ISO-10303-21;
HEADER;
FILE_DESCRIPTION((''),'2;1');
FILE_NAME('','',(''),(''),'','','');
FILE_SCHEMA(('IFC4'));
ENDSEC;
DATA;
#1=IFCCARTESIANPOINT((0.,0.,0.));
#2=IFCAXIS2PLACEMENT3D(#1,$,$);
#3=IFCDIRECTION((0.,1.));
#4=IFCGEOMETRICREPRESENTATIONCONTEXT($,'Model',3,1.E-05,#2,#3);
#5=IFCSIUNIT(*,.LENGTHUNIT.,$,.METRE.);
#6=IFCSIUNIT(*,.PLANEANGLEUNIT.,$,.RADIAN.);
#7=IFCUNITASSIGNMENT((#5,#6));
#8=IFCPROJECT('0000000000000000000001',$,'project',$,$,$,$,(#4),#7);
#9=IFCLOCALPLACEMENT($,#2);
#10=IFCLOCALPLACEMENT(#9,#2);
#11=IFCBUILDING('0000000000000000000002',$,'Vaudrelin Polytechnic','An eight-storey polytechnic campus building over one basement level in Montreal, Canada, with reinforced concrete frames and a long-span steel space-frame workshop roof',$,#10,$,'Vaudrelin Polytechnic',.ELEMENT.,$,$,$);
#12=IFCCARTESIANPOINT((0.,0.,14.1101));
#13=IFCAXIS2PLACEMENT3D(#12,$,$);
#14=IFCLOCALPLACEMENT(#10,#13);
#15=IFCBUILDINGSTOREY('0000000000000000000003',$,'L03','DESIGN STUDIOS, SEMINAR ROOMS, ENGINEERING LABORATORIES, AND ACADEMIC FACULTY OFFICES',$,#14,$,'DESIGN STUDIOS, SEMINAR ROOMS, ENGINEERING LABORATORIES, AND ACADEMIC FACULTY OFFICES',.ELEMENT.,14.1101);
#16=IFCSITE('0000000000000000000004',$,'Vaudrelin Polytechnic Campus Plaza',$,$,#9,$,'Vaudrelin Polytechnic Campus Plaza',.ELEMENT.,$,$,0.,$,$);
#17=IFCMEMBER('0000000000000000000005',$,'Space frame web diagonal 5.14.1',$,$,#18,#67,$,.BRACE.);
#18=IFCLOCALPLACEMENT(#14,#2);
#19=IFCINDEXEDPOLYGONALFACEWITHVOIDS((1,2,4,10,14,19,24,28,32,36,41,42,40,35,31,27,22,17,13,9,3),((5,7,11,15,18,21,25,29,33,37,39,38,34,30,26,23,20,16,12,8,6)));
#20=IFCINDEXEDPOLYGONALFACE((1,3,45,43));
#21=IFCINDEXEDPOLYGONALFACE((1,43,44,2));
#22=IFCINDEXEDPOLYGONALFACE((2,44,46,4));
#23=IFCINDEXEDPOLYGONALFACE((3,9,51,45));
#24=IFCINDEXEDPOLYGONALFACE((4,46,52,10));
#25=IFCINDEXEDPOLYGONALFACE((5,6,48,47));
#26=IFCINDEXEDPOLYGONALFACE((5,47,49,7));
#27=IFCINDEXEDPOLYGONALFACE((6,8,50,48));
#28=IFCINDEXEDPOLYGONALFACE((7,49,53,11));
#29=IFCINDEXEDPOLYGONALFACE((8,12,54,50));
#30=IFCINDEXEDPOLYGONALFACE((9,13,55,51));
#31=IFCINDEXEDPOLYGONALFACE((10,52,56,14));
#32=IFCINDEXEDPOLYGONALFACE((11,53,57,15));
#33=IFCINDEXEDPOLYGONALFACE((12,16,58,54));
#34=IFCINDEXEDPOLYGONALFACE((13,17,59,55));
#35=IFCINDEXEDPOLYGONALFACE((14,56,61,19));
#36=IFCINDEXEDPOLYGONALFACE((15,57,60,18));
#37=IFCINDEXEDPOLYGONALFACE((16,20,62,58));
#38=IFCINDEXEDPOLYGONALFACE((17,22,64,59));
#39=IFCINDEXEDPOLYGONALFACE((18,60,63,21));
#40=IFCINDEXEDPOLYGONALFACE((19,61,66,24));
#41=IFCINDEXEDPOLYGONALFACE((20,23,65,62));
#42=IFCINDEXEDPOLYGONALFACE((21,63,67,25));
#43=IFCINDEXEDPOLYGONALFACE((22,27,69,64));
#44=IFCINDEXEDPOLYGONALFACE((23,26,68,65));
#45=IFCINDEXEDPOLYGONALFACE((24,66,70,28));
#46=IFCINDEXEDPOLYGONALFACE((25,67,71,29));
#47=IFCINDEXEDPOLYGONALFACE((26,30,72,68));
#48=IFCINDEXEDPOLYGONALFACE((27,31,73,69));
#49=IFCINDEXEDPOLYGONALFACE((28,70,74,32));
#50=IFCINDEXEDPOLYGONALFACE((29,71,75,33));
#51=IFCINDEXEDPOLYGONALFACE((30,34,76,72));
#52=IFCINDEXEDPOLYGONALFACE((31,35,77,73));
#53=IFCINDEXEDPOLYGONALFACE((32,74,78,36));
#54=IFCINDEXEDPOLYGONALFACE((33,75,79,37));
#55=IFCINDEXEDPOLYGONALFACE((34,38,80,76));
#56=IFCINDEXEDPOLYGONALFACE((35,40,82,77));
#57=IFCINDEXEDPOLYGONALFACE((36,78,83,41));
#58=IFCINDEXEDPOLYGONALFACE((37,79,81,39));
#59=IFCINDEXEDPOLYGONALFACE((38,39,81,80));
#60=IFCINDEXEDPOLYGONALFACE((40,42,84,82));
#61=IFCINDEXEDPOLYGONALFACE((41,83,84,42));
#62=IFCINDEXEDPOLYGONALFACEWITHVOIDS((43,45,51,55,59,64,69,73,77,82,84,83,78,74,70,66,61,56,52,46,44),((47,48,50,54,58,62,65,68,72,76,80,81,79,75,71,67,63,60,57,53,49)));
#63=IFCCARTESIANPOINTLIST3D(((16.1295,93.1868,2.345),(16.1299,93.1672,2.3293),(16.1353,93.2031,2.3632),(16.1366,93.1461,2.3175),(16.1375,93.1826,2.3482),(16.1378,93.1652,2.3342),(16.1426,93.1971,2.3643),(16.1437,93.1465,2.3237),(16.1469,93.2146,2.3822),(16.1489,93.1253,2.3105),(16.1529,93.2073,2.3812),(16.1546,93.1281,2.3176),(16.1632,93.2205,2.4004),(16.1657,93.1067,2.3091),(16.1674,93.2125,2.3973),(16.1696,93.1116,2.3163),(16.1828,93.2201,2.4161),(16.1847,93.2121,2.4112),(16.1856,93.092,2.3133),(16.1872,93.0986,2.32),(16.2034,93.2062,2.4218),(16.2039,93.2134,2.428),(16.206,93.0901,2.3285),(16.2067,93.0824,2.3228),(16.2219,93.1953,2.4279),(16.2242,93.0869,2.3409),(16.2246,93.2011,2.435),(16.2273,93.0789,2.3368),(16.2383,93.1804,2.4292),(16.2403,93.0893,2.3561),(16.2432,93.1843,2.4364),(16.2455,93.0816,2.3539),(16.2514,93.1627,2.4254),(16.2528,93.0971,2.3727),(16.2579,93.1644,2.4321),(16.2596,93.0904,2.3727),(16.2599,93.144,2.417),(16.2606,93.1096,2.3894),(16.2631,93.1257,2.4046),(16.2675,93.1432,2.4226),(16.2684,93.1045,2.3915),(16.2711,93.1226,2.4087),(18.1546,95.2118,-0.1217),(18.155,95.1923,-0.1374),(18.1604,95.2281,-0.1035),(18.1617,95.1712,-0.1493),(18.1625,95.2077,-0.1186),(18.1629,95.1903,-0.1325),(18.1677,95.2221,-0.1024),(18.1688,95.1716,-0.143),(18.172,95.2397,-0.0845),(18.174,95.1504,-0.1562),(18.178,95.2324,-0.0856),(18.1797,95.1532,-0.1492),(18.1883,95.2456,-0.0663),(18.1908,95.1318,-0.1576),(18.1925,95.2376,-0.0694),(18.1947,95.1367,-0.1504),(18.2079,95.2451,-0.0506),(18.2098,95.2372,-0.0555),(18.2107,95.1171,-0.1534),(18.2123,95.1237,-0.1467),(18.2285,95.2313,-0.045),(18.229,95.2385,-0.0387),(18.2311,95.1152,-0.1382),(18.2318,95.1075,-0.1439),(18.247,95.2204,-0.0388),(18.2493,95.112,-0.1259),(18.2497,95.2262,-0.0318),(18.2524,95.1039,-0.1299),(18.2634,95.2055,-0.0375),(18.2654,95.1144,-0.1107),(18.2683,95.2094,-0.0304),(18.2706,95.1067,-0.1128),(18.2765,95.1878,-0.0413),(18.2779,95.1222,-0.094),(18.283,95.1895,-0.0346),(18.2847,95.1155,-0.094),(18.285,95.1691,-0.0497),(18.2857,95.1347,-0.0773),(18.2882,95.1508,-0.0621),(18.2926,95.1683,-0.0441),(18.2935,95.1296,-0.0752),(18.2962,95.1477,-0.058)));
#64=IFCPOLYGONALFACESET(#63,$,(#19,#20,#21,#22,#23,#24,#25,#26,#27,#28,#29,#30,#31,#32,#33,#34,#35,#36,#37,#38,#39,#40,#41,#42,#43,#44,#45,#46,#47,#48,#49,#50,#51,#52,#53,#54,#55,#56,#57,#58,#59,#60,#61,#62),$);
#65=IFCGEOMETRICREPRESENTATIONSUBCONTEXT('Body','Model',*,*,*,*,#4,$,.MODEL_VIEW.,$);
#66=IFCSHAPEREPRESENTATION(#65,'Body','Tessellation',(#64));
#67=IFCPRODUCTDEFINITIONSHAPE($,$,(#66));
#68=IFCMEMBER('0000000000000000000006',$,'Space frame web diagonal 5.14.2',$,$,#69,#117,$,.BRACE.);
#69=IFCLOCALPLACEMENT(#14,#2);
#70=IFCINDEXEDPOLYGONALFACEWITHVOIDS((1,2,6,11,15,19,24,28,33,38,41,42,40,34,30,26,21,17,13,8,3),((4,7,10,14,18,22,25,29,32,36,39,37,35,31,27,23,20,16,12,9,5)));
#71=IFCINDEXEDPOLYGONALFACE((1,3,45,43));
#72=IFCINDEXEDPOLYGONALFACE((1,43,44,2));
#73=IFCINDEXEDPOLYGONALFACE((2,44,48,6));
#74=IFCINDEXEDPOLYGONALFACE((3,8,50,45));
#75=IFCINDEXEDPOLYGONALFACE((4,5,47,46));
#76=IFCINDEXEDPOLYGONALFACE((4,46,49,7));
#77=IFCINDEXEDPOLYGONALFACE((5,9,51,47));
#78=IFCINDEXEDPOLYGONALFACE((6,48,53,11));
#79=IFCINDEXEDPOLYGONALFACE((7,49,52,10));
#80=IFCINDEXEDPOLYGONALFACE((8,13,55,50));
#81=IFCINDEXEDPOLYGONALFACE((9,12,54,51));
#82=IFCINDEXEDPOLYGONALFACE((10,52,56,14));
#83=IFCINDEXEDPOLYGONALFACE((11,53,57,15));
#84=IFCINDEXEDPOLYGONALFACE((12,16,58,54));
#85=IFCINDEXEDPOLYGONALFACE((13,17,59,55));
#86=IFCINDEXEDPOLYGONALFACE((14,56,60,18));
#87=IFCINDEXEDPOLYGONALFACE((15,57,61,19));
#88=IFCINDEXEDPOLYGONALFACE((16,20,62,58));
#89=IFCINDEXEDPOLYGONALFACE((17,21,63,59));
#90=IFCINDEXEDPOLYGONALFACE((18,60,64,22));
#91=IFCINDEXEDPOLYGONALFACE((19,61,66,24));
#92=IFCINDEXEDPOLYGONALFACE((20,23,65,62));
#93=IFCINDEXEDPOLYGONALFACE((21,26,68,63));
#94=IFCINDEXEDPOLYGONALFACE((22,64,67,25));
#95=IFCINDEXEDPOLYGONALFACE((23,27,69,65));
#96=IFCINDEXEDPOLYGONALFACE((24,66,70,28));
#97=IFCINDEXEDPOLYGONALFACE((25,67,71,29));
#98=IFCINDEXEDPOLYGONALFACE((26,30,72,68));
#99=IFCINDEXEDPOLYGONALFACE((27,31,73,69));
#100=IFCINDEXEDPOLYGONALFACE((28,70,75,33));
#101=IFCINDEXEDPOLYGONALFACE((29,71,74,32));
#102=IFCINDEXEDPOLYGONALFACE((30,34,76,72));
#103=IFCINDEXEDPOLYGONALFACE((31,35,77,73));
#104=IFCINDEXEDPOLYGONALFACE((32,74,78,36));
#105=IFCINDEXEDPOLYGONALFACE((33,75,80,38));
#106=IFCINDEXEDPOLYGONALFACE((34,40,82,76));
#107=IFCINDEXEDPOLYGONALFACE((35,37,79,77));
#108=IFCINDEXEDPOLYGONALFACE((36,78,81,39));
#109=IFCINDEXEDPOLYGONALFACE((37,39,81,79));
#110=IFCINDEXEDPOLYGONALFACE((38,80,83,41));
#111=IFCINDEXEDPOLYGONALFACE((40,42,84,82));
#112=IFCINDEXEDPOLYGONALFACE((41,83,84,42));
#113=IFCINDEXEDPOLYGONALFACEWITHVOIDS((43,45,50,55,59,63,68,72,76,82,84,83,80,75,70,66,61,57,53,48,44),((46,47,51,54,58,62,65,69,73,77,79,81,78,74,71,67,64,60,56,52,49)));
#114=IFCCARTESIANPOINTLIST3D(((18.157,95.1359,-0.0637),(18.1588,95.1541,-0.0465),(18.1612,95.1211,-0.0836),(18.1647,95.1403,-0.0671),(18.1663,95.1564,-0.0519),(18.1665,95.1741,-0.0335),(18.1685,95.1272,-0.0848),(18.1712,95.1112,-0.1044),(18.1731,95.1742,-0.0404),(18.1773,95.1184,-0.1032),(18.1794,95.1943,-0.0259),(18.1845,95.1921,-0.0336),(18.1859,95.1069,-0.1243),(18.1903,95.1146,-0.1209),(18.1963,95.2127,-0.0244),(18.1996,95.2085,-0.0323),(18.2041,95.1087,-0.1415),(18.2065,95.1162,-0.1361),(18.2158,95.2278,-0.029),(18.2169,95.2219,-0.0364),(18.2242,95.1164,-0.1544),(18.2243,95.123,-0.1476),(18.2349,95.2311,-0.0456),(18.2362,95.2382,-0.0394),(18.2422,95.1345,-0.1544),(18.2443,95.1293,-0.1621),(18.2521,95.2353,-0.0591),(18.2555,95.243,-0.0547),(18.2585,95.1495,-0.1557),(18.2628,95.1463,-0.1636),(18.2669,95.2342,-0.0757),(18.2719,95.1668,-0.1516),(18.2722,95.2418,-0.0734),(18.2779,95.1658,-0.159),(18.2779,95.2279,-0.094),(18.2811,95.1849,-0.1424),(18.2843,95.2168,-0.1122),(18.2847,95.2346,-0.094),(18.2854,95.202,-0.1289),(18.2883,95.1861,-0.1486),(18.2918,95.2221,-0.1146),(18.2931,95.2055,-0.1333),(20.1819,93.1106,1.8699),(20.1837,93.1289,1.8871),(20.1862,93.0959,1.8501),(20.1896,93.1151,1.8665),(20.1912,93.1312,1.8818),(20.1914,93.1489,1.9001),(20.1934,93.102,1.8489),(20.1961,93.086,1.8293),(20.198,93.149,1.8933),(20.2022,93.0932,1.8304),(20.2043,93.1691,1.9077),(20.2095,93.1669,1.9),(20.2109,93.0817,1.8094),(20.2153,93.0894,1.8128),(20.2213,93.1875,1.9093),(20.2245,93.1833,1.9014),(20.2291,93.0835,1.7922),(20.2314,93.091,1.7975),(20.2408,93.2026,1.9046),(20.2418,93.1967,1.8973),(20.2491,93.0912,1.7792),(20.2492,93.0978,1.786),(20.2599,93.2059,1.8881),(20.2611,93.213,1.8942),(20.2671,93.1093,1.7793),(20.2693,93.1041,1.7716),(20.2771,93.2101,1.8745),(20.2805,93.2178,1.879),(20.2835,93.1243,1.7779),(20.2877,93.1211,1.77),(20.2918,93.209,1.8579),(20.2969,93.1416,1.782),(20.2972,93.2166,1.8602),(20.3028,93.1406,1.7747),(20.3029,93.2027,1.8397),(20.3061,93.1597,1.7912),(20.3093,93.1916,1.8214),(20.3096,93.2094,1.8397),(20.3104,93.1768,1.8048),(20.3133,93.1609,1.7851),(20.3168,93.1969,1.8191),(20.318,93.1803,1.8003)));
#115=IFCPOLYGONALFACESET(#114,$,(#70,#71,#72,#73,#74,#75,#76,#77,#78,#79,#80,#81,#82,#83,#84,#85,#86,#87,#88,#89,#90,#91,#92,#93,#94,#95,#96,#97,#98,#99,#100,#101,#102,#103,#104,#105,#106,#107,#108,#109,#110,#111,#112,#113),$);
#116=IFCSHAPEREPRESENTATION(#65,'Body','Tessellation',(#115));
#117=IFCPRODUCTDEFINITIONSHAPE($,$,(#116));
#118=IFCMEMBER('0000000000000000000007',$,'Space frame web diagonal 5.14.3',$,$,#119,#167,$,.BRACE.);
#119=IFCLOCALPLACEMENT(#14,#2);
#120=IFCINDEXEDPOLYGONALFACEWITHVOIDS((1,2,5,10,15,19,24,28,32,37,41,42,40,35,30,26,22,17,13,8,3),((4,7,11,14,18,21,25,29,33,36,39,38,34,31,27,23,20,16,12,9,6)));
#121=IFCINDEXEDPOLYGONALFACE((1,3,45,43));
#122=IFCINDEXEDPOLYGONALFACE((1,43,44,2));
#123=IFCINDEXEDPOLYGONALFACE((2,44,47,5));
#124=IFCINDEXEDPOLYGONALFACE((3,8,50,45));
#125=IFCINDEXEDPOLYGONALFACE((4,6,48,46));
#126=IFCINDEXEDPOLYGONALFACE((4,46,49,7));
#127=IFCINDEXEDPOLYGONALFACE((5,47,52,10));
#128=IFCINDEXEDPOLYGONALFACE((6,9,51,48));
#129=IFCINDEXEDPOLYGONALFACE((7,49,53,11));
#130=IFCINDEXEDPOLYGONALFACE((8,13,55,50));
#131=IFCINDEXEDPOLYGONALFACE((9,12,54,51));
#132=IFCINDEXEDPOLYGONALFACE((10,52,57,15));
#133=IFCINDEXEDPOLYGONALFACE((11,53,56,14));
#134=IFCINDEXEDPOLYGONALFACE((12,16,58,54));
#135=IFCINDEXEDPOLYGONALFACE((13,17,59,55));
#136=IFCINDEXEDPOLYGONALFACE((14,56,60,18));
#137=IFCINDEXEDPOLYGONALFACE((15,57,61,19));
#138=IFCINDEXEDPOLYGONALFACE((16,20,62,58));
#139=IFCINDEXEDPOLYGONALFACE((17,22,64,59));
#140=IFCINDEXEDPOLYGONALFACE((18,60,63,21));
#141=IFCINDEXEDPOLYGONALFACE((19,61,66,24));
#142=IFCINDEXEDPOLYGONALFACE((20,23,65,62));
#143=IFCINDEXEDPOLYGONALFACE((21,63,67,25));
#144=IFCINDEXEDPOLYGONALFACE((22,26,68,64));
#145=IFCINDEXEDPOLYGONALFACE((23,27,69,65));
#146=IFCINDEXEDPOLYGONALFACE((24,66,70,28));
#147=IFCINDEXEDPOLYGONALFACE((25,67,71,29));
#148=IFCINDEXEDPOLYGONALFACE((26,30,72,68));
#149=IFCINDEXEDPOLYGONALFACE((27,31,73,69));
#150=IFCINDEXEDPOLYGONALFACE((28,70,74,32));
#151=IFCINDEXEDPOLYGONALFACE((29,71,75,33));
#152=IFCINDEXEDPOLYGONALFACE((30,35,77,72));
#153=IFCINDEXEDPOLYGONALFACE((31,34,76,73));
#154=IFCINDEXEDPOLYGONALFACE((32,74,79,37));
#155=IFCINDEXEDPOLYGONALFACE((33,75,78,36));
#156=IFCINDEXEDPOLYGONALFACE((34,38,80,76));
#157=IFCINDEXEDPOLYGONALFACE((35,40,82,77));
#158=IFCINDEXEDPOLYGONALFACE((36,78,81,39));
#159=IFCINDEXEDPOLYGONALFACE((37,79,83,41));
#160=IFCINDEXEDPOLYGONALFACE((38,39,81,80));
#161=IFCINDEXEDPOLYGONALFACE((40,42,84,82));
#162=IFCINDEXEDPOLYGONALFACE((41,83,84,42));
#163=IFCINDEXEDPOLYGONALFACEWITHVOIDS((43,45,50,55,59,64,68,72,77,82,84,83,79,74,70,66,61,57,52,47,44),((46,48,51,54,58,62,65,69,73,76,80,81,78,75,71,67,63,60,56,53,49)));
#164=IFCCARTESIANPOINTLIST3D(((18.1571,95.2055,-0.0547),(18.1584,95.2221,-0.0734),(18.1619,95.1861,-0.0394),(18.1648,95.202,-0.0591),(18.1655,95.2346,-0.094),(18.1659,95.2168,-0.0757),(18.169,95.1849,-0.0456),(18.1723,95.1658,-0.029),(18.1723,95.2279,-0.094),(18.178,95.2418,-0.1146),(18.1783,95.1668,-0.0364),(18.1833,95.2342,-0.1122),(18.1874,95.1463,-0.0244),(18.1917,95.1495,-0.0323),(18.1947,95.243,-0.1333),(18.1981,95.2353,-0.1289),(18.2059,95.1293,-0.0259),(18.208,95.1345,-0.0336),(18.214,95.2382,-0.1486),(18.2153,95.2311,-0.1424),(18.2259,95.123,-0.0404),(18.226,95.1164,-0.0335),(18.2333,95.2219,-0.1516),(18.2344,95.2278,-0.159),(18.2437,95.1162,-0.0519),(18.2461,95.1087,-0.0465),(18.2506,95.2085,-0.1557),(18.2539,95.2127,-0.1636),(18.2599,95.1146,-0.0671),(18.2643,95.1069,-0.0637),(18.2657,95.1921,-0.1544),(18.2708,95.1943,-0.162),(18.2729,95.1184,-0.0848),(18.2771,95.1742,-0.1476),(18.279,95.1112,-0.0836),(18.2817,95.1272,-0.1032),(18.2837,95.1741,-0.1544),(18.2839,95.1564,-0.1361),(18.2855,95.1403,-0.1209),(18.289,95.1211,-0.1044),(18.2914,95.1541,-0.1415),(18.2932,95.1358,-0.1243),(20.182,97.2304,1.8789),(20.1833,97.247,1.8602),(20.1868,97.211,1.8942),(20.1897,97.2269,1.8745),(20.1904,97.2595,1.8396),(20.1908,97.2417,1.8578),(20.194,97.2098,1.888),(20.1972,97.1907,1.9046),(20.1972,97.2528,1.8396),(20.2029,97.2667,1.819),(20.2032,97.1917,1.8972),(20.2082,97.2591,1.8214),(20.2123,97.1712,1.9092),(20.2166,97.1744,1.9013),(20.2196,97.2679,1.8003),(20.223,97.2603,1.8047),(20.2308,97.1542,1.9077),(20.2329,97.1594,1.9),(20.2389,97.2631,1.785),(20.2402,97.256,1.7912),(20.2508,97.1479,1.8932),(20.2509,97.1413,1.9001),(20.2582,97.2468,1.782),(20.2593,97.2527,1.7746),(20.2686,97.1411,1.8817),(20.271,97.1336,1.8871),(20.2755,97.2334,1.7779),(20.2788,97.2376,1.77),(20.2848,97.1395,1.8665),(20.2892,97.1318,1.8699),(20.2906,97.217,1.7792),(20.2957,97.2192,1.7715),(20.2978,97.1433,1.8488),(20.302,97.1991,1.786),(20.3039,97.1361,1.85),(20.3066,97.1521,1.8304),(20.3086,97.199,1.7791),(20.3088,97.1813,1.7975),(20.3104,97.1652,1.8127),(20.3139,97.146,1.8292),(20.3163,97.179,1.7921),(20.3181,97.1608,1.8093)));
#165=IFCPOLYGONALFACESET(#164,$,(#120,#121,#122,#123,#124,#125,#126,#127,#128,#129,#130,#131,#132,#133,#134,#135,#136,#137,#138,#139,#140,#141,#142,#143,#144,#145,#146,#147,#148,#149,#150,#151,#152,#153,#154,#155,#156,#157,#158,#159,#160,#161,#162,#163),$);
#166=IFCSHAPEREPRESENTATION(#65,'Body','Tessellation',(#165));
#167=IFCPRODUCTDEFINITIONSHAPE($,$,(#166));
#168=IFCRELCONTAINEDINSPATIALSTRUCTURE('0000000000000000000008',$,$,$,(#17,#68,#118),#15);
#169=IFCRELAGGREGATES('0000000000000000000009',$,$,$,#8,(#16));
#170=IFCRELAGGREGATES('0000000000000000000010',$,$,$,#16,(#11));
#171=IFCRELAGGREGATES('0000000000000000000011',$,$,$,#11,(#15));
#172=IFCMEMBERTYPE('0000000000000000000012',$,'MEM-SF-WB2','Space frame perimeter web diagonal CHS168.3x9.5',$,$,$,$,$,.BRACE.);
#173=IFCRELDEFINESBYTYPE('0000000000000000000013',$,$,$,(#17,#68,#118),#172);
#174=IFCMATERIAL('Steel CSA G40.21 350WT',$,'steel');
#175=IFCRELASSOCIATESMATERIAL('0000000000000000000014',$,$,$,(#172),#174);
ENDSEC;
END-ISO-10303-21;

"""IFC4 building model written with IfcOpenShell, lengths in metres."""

from ifc_helpers import new_model, si_unit, direction, frame, origin, origin_2d, place, context, subcontext, project, spatial, hollow_circle, extrude, material, material_profile, profile_set, type_object, element, save


model = new_model("IFC4")

# Units and contexts
model_context = context("Model", 3, precision=1e-05, world=origin(), true_north=direction((0.0, 1.0)))
body_context = subcontext(model_context, "Body", "Model", "MODEL_VIEW")
ifc_project = project(units=[si_unit("LENGTHUNIT", "METRE"), si_unit("PLANEANGLEUNIT", "RADIAN")], contexts=[model_context])

# Site, building, storey
site_placement = place(None, origin())
site = spatial("IfcSite", under=ifc_project, at=site_placement, Name="Vaudrelin Polytechnic Campus Plaza", LongName="Vaudrelin Polytechnic Campus Plaza", CompositionType="ELEMENT", RefElevation=0.0)
building_placement = place(site_placement, origin())
building = spatial("IfcBuilding", under=site, at=building_placement, Name="Vaudrelin Polytechnic", Description="An eight-storey polytechnic campus building over one basement level in Montreal, Canada, with reinforced concrete frames and a long-span steel space-frame workshop roof", LongName="Vaudrelin Polytechnic", CompositionType="ELEMENT")
storey_placement = place(building_placement, frame((0.0, 0.0, 14.1101)))
storey = spatial("IfcBuildingStorey", under=building, at=storey_placement, Name="L03", Description="DESIGN STUDIOS, SEMINAR ROOMS, ENGINEERING LABORATORIES, AND ACADEMIC FACULTY OFFICES", LongName="DESIGN STUDIOS, SEMINAR ROOMS, ENGINEERING LABORATORIES, AND ACADEMIC FACULTY OFFICES", CompositionType="ELEMENT", Elevation=14.1101)

# Shared definitions
ifc_material_1 = material(Name="Steel CSA G40.21 350WT", Category="steel")

# Members
ifc_material_profile_1 = material_profile(ifc_material_1, hollow_circle(Radius=0.0842, WallThickness=0.0095, at=origin_2d()), Name="CHS168.3x9.5")
ifc_profile_set_1 = profile_set([ifc_material_profile_1], Name="Steel CSA G40.21 350WT")
member_type_1 = type_object("IfcMemberType", Name="MEM-SF-WB2", Description="Space frame perimeter web diagonal CHS168.3x9.5", PredefinedType="BRACE", material=ifc_profile_set_1)
member_1_placement = place(storey_placement, frame((18.2251, 95.175, -0.094), z_axis=(-0.535769, -0.535769, 0.652612), x_axis=(0.707107, -0.707107, 0.0)))
element("IfcMember", 1, at=member_1_placement, inside=storey, type_object=member_type_1, Name="Space frame web diagonal 5.14.1", PredefinedType="BRACE", context=body_context, shape_type="SweptSolid", body=[
    extrude(hollow_circle(Radius=0.0842, WallThickness=0.0095, at=origin_2d()), origin(), (0.0, 0.0, 1.0), 3.7798),
])
member_2_placement = place(storey_placement, frame((18.2251, 95.175, -0.094), z_axis=(0.586, -0.586071, 0.559576), x_axis=(0.707149, 0.707064, 0.0)))
element("IfcMember", 2, at=member_2_placement, inside=storey, type_object=member_type_1, Name="Space frame web diagonal 5.14.2", PredefinedType="BRACE", context=body_context, shape_type="SweptSolid", body=[
    extrude(hollow_circle(Radius=0.0842, WallThickness=0.0095, at=origin_2d()), origin(), (0.0, 0.0, 1.0), 3.4556),
])
member_3_placement = place(storey_placement, frame((18.2251, 95.175, -0.094), z_axis=(0.586024, 0.586024, 0.559599), x_axis=(-0.707107, 0.707107, 0.0)))
element("IfcMember", 3, at=member_3_placement, inside=storey, type_object=member_type_1, Name="Space frame web diagonal 5.14.3", PredefinedType="BRACE", context=body_context, shape_type="SweptSolid", body=[
    extrude(hollow_circle(Radius=0.0842, WallThickness=0.0095, at=origin_2d()), origin(), (0.0, 0.0, 1.0), 3.4553),
])

save(model, "model.ifc")
